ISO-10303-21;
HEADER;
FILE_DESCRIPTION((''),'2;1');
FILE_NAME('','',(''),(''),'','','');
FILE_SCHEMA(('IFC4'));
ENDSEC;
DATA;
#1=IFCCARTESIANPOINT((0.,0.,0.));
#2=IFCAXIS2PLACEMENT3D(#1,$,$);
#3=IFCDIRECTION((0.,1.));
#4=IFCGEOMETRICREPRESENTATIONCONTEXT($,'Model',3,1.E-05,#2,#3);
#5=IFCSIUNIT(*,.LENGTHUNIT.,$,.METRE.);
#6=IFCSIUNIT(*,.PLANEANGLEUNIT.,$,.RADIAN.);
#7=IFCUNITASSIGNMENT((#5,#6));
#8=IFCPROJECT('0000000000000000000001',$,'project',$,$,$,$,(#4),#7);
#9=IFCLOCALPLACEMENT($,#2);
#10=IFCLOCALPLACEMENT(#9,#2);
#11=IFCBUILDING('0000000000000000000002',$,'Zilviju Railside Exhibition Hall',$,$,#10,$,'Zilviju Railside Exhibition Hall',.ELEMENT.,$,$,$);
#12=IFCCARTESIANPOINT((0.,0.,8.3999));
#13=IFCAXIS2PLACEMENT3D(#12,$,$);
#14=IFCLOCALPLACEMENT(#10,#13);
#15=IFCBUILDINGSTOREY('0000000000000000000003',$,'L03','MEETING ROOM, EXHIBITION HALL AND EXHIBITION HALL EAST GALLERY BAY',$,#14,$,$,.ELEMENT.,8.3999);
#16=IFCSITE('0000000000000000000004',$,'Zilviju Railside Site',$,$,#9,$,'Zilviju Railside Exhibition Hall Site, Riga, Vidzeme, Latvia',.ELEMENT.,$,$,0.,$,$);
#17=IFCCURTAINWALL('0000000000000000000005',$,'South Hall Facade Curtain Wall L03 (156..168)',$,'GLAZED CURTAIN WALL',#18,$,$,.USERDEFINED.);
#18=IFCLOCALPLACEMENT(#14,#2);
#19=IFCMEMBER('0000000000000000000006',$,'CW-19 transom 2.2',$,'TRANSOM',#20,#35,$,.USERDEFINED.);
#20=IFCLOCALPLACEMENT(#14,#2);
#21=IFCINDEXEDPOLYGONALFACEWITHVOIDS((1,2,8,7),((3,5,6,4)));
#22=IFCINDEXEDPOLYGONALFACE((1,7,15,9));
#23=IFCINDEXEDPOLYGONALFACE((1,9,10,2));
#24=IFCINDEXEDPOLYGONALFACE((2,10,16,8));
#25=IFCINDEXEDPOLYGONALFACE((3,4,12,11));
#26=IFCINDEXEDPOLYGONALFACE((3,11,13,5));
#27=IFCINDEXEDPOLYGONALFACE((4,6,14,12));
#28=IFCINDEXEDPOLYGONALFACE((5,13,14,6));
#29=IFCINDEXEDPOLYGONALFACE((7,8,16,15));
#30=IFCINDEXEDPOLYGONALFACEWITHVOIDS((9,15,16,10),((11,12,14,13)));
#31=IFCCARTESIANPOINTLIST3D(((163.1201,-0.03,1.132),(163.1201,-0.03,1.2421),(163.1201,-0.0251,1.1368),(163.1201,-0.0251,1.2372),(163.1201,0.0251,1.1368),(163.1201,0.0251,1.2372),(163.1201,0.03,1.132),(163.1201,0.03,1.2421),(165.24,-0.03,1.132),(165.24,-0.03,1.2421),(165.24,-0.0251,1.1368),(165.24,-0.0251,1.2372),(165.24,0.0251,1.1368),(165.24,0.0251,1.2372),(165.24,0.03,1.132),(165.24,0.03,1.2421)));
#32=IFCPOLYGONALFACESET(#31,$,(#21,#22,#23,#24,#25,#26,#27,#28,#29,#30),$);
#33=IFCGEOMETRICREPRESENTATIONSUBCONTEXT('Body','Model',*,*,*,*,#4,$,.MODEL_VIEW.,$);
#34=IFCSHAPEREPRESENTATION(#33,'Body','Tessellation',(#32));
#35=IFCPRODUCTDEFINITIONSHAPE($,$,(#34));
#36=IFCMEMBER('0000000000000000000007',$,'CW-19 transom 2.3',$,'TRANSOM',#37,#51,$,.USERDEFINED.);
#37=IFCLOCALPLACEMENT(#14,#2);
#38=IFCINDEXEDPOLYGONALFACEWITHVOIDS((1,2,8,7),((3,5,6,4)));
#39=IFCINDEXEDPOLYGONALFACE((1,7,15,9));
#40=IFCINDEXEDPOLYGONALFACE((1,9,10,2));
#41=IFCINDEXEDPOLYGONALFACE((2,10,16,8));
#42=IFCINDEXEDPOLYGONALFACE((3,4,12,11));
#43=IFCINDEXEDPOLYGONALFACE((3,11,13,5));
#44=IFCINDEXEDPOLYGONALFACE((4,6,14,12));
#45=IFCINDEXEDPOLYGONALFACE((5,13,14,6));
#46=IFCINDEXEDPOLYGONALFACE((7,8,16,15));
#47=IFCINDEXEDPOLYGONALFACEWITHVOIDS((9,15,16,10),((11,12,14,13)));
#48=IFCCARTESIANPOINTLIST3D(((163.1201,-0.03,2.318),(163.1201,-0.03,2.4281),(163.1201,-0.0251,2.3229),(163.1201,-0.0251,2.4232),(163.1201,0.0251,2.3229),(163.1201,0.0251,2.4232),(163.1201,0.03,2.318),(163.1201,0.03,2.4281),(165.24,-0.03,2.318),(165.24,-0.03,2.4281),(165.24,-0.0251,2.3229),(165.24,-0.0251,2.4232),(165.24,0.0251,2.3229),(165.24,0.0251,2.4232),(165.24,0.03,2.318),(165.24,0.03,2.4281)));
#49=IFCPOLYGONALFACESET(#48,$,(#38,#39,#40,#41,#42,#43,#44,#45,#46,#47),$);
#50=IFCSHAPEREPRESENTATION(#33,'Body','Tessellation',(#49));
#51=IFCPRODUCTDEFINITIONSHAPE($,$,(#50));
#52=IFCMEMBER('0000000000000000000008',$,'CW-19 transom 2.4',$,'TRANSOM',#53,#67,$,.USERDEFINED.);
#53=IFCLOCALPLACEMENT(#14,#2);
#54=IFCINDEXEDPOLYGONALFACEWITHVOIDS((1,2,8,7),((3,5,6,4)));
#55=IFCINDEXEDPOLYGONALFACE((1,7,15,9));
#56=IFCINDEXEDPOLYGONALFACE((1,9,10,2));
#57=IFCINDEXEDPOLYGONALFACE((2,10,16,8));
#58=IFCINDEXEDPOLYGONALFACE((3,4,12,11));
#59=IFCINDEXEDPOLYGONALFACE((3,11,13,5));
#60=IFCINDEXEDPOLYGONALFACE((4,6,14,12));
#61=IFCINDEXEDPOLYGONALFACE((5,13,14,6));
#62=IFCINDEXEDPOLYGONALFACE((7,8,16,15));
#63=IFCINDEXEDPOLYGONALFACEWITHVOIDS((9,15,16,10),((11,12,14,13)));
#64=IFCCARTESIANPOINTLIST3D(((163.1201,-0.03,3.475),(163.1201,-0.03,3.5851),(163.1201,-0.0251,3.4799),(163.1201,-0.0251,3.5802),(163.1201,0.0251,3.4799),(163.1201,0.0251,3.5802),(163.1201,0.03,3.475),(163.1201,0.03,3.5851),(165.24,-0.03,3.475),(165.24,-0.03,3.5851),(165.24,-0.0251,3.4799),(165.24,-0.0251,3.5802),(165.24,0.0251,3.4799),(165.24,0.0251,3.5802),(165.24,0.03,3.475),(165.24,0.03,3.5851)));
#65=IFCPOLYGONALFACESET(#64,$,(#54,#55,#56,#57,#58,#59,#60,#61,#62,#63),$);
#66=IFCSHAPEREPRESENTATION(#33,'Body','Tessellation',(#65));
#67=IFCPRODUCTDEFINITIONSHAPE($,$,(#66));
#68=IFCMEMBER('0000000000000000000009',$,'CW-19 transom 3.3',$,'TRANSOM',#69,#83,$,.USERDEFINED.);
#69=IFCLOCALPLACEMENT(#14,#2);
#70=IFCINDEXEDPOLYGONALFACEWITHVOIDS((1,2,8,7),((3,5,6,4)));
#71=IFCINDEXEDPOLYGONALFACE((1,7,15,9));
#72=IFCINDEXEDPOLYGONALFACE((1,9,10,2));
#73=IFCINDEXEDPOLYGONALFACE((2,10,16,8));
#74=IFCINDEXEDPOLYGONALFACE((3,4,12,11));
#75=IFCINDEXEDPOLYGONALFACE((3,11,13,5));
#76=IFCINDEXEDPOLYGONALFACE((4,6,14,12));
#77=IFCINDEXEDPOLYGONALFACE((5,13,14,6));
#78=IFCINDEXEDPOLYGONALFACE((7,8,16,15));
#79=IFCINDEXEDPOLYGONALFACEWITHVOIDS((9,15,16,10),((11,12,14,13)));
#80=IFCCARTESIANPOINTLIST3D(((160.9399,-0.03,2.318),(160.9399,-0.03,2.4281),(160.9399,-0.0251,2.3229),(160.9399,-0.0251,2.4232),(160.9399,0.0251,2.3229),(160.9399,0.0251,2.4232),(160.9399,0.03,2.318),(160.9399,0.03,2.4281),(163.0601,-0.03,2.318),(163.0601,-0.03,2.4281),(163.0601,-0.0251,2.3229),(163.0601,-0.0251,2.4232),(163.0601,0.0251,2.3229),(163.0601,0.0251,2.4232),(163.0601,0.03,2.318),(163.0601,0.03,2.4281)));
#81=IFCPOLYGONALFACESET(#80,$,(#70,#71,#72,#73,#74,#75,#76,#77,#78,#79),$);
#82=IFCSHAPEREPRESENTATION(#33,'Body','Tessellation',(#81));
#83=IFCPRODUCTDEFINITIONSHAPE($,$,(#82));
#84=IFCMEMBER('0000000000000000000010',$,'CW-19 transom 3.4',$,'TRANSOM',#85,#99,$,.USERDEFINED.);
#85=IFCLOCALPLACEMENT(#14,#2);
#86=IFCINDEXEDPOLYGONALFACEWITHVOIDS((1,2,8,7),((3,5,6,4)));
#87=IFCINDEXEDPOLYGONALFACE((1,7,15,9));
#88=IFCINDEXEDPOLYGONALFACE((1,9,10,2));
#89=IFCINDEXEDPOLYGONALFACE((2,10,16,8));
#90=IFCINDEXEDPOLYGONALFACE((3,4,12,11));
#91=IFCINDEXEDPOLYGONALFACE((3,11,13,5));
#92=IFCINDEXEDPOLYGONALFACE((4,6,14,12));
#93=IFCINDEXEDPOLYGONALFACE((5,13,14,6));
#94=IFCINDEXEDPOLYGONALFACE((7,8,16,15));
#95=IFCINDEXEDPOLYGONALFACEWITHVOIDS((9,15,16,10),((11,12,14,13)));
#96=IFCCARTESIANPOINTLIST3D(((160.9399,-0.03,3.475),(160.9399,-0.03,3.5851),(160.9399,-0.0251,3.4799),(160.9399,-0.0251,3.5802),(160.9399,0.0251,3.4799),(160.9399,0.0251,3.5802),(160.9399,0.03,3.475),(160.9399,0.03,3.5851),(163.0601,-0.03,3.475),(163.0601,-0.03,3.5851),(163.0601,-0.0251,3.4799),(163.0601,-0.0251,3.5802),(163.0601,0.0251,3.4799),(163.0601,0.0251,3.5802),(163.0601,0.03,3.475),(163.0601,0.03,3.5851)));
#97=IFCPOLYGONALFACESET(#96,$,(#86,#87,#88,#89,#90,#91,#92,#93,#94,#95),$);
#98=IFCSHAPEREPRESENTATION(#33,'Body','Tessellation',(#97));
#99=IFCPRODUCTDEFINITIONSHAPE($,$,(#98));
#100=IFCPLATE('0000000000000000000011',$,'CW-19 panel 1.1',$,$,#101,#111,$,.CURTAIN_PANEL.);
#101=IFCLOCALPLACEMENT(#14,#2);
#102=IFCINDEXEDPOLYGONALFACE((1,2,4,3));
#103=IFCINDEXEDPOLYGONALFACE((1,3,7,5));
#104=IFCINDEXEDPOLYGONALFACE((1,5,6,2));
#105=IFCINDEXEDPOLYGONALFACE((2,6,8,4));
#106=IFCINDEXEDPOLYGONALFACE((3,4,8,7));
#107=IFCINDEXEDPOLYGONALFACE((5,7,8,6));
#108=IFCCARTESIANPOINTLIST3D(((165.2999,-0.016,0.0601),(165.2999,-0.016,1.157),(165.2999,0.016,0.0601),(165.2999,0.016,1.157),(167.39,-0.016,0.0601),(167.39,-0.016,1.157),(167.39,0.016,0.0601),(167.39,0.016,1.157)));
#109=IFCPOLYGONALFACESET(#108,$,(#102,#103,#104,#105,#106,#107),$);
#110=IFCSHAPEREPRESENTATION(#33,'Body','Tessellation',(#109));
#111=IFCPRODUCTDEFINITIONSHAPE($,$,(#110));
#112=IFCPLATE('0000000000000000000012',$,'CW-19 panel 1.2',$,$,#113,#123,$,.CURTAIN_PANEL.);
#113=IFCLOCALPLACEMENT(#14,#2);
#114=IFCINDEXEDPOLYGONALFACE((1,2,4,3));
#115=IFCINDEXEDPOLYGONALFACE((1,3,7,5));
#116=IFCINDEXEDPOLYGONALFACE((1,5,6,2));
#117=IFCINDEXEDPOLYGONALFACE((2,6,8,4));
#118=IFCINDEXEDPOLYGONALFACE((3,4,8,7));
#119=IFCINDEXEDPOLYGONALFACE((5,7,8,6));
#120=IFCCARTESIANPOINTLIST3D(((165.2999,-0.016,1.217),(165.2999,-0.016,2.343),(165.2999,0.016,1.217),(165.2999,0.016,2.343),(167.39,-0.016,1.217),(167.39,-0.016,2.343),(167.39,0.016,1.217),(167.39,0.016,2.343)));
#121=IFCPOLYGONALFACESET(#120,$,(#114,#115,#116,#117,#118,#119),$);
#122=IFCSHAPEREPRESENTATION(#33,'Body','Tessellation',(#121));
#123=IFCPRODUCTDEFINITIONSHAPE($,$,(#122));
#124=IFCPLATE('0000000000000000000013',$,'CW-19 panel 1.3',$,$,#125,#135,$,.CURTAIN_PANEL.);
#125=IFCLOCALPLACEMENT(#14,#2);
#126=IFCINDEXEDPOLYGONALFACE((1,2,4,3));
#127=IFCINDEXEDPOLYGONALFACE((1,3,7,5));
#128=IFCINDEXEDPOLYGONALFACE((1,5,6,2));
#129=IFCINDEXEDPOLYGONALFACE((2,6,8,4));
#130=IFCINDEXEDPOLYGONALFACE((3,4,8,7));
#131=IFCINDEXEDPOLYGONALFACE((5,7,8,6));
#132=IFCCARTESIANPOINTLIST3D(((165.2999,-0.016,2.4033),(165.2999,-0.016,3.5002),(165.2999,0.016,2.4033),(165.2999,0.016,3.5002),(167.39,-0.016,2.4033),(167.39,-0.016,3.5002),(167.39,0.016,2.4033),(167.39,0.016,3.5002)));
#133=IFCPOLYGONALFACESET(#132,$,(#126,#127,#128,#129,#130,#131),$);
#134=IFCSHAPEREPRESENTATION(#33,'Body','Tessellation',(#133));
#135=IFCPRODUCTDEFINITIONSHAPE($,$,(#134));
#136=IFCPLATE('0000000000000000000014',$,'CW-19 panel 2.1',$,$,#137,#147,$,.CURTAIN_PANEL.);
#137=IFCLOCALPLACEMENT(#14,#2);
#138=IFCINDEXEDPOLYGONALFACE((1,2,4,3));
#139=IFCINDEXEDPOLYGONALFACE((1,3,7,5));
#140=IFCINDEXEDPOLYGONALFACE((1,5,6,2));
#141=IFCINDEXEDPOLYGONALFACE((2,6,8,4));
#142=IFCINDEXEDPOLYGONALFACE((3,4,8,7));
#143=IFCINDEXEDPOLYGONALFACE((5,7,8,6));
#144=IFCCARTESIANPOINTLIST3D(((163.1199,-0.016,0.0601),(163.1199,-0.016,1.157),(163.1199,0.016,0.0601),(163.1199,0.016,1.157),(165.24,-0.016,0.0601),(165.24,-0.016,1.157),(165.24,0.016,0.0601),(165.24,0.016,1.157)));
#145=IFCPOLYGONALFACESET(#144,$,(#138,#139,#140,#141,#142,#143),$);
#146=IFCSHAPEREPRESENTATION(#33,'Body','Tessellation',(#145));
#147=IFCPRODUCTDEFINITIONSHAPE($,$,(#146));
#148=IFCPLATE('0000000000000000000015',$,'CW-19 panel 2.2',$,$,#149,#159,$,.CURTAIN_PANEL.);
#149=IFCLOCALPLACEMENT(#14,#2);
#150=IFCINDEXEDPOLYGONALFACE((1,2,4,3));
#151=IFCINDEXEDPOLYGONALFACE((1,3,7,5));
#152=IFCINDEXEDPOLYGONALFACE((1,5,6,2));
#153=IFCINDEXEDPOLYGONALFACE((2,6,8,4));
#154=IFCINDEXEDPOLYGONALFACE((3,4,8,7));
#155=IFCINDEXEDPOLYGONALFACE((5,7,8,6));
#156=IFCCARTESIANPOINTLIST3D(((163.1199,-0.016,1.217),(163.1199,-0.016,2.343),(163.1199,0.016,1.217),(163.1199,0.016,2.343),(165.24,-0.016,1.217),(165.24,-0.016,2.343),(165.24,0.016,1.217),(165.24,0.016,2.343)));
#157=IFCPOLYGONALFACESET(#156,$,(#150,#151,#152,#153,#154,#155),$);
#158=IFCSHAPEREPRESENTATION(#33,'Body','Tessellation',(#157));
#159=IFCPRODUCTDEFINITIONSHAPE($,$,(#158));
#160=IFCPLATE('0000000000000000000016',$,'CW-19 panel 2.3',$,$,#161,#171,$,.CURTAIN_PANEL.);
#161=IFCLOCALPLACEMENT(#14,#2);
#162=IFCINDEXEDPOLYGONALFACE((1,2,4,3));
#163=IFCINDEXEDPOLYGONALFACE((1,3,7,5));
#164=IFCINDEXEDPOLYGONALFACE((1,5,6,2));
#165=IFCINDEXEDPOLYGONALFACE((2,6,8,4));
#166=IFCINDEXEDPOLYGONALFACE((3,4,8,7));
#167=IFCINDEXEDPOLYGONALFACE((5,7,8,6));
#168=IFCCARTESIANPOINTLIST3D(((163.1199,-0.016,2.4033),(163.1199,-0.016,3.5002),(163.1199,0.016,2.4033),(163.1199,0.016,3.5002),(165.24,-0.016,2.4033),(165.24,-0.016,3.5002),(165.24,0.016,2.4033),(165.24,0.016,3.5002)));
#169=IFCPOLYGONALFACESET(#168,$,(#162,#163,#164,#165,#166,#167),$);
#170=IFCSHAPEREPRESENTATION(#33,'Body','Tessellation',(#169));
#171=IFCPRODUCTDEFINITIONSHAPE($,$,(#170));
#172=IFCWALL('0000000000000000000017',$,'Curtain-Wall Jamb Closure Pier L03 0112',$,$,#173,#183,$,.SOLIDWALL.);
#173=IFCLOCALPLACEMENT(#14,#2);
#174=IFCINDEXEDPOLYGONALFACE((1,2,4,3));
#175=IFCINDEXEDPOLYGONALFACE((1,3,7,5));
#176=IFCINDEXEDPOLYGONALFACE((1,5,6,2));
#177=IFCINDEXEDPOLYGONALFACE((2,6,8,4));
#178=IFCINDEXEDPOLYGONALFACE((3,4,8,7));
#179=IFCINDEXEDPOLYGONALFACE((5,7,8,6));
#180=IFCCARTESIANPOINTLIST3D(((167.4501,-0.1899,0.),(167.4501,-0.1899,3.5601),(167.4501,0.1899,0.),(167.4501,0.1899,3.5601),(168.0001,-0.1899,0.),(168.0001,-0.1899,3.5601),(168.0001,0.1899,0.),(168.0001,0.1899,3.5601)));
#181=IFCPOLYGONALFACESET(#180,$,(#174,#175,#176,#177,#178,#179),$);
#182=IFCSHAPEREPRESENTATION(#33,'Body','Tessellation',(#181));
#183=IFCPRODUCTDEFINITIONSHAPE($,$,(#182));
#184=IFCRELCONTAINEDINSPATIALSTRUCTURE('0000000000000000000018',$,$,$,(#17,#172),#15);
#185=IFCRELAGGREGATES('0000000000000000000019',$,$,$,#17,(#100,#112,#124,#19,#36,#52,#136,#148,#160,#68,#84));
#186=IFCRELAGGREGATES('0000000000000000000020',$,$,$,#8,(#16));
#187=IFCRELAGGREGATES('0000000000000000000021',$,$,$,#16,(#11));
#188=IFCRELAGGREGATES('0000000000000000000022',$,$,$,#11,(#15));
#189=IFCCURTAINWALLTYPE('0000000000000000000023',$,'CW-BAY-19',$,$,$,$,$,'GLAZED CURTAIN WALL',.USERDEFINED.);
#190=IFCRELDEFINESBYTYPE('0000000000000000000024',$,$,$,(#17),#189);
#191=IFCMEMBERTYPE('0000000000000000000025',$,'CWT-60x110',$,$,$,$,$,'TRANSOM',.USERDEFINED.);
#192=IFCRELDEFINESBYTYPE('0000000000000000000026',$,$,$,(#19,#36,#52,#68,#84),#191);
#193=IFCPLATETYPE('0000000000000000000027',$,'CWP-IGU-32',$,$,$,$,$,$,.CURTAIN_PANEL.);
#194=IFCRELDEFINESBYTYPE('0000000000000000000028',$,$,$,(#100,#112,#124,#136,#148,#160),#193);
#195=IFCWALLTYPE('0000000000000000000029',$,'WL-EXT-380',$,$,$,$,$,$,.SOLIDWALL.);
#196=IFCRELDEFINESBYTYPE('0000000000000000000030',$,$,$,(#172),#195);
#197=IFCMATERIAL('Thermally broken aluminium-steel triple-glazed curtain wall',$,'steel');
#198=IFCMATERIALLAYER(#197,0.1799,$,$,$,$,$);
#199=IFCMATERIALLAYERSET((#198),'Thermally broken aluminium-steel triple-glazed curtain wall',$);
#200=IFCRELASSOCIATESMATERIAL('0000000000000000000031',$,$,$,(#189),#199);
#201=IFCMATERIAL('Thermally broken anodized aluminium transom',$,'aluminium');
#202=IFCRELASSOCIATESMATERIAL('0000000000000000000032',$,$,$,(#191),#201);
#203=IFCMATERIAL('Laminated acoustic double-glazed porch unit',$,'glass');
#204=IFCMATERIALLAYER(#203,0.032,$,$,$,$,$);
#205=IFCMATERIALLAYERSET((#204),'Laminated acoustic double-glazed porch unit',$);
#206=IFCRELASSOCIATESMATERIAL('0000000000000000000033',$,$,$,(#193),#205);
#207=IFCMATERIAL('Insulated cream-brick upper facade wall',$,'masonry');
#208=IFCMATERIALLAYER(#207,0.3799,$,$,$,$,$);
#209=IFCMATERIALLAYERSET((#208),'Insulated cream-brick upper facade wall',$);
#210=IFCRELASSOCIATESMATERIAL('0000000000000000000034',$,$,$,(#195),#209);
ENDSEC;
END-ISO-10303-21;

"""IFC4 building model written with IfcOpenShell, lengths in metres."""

from ifc_helpers import new_model, si_unit, direction, frame, frame_2d, origin, origin_2d, place, context, subcontext, project, spatial, rectangle, hollow_rectangle, extrude, material, layer, layer_set, material_profile, profile_set, type_object, element, aggregate, save


model = new_model("IFC4")

# Units and contexts
model_context = context("Model", 3, precision=1e-05, world=origin(), true_north=direction((0.0, 1.0)))
body_context = subcontext(model_context, "Body", "Model", "MODEL_VIEW")
ifc_project = project(units=[si_unit("LENGTHUNIT", "METRE"), si_unit("PLANEANGLEUNIT", "RADIAN")], contexts=[model_context])

# Site, building, storey
site_placement = place(None, origin())
site = spatial("IfcSite", under=ifc_project, at=site_placement, Name="Zilviju Railside Site", LongName="Zilviju Railside Exhibition Hall Site, Riga, Vidzeme, Latvia", CompositionType="ELEMENT", RefElevation=0.0)
building_placement = place(site_placement, origin())
building = spatial("IfcBuilding", under=site, at=building_placement, Name="Zilviju Railside Exhibition Hall", LongName="Zilviju Railside Exhibition Hall", CompositionType="ELEMENT")
storey_placement = place(building_placement, frame((0.0, 0.0, 8.3999)))
storey = spatial("IfcBuildingStorey", under=building, at=storey_placement, Name="L03", Description="MEETING ROOM, EXHIBITION HALL AND EXHIBITION HALL EAST GALLERY BAY", CompositionType="ELEMENT", Elevation=8.3999)

# Curtain wall, members, plates
ifc_material_1 = material(Name="Thermally broken aluminium-steel triple-glazed curtain wall", Category="steel")
ifc_layer_1 = layer(ifc_material_1, 0.1799)
ifc_layer_set_1 = layer_set([ifc_layer_1], Name="Thermally broken aluminium-steel triple-glazed curtain wall")
curtain_wall_type = type_object("IfcCurtainWallType", Name="CW-BAY-19", ElementType="GLAZED CURTAIN WALL", PredefinedType="USERDEFINED", material=ifc_layer_set_1)
curtain_wall_placement = place(storey_placement, origin())
curtain_wall = element("IfcCurtainWall", 1, at=curtain_wall_placement, inside=storey, type_object=curtain_wall_type, Name="South Hall Facade Curtain Wall L03 (156..168)", ObjectType="GLAZED CURTAIN WALL", PredefinedType="USERDEFINED")
ifc_material_2 = material(Name="Thermally broken anodized aluminium transom", Category="aluminium")
ifc_material_profile_1 = material_profile(ifc_material_2, hollow_rectangle(XDim=0.0601, YDim=0.1101, WallThickness=0.0049, at=origin_2d()), Name="TRANSOM 110x60x5")
ifc_profile_set_1 = profile_set([ifc_material_profile_1], Name="Thermally broken anodized aluminium transom")
member_type_1 = type_object("IfcMemberType", Name="CWT-60x110", ElementType="TRANSOM", PredefinedType="USERDEFINED", material=ifc_profile_set_1)
member_1_placement = place(storey_placement, frame((165.24, 0.0, 1.187), z_axis=(-1.0, 0.0, 0.0), x_axis=(0.0, -1.0, 0.0)))
member_1 = element("IfcMember", 2, at=member_1_placement, type_object=member_type_1, Name="CW-19 transom 2.2", ObjectType="TRANSOM", PredefinedType="USERDEFINED", context=body_context, shape_type="SweptSolid", body=[
    extrude(hollow_rectangle(XDim=0.0601, YDim=0.1101, WallThickness=0.0049, at=origin_2d()), origin(), (0.0, 0.0, 1.0), 2.1199),
])
member_2_placement = place(storey_placement, frame((165.24, 0.0, 2.373), z_axis=(-1.0, 0.0, 0.0), x_axis=(0.0, -1.0, 0.0)))
member_2 = element("IfcMember", 3, at=member_2_placement, type_object=member_type_1, Name="CW-19 transom 2.3", ObjectType="TRANSOM", PredefinedType="USERDEFINED", context=body_context, shape_type="SweptSolid", body=[
    extrude(hollow_rectangle(XDim=0.0601, YDim=0.1101, WallThickness=0.0049, at=origin_2d()), origin(), (0.0, 0.0, 1.0), 2.1199),
])
member_3_placement = place(storey_placement, frame((165.24, 0.0, 3.53), z_axis=(-1.0, 0.0, 0.0), x_axis=(0.0, -1.0, 0.0)))
member_3 = element("IfcMember", 4, at=member_3_placement, type_object=member_type_1, Name="CW-19 transom 2.4", ObjectType="TRANSOM", PredefinedType="USERDEFINED", context=body_context, shape_type="SweptSolid", body=[
    extrude(hollow_rectangle(XDim=0.0601, YDim=0.1101, WallThickness=0.0049, at=origin_2d()), origin(), (0.0, 0.0, 1.0), 2.1199),
])
member_4_placement = place(storey_placement, frame((163.0601, 0.0, 2.373), z_axis=(-1.0, 0.0, 0.0), x_axis=(0.0, -1.0, 0.0)))
member_4 = element("IfcMember", 5, at=member_4_placement, type_object=member_type_1, Name="CW-19 transom 3.3", ObjectType="TRANSOM", PredefinedType="USERDEFINED", context=body_context, shape_type="SweptSolid", body=[
    extrude(hollow_rectangle(XDim=0.0601, YDim=0.1101, WallThickness=0.0049, at=origin_2d()), origin(), (0.0, 0.0, 1.0), 2.1201),
])
member_5_placement = place(storey_placement, frame((163.0601, 0.0, 3.53), z_axis=(-1.0, 0.0, 0.0), x_axis=(0.0, -1.0, 0.0)))
member_5 = element("IfcMember", 6, at=member_5_placement, type_object=member_type_1, Name="CW-19 transom 3.4", ObjectType="TRANSOM", PredefinedType="USERDEFINED", context=body_context, shape_type="SweptSolid", body=[
    extrude(hollow_rectangle(XDim=0.0601, YDim=0.1101, WallThickness=0.0049, at=origin_2d()), origin(), (0.0, 0.0, 1.0), 2.1201),
])
ifc_material_3 = material(Name="Laminated acoustic double-glazed porch unit", Category="glass")
ifc_layer_2 = layer(ifc_material_3, 0.032)
ifc_layer_set_2 = layer_set([ifc_layer_2], Name="Laminated acoustic double-glazed porch unit")
plate_type = type_object("IfcPlateType", Name="CWP-IGU-32", PredefinedType="CURTAIN_PANEL", material=ifc_layer_set_2)
plate_1_placement = place(storey_placement, frame((166.345, 0.0, 0.0601), z_axis=(0.0, 0.0, 1.0), x_axis=(-1.0, 0.0, 0.0)))
plate_1 = element("IfcPlate", 7, at=plate_1_placement, type_object=plate_type, Name="CW-19 panel 1.1", PredefinedType="CURTAIN_PANEL", context=body_context, shape_type="SweptSolid", body=[
    extrude(rectangle(XDim=2.0901, YDim=0.032, at=origin_2d()), origin(), (0.0, 0.0, 1.0), 1.0969),
])
plate_2_placement = place(storey_placement, frame((166.345, 0.0, 1.217), z_axis=(0.0, 0.0, 1.0), x_axis=(-1.0, 0.0, 0.0)))
plate_2 = element("IfcPlate", 8, at=plate_2_placement, type_object=plate_type, Name="CW-19 panel 1.2", PredefinedType="CURTAIN_PANEL", context=body_context, shape_type="SweptSolid", body=[
    extrude(rectangle(XDim=2.0901, YDim=0.032, at=origin_2d()), origin(), (0.0, 0.0, 1.0), 1.126),
])
plate_3_placement = place(storey_placement, frame((166.345, 0.0, 2.4033), z_axis=(0.0, 0.0, 1.0), x_axis=(-1.0, 0.0, 0.0)))
plate_3 = element("IfcPlate", 9, at=plate_3_placement, type_object=plate_type, Name="CW-19 panel 1.3", PredefinedType="CURTAIN_PANEL", context=body_context, shape_type="SweptSolid", body=[
    extrude(rectangle(XDim=2.0901, YDim=0.032, at=origin_2d()), origin(), (0.0, 0.0, 1.0), 1.0969),
])
plate_4_placement = place(storey_placement, frame((164.1799, 0.0, 0.0601), z_axis=(0.0, 0.0, 1.0), x_axis=(-1.0, 0.0, 0.0)))
plate_4 = element("IfcPlate", 10, at=plate_4_placement, type_object=plate_type, Name="CW-19 panel 2.1", PredefinedType="CURTAIN_PANEL", context=body_context, shape_type="SweptSolid", body=[
    extrude(rectangle(XDim=2.1201, YDim=0.032, at=origin_2d()), origin(), (0.0, 0.0, 1.0), 1.0969),
])
plate_5_placement = place(storey_placement, frame((164.1799, 0.0, 1.217), z_axis=(0.0, 0.0, 1.0), x_axis=(-1.0, 0.0, 0.0)))
plate_5 = element("IfcPlate", 11, at=plate_5_placement, type_object=plate_type, Name="CW-19 panel 2.2", PredefinedType="CURTAIN_PANEL", context=body_context, shape_type="SweptSolid", body=[
    extrude(rectangle(XDim=2.1201, YDim=0.032, at=origin_2d()), origin(), (0.0, 0.0, 1.0), 1.126),
])
plate_6_placement = place(storey_placement, frame((164.1799, 0.0, 2.4033), z_axis=(0.0, 0.0, 1.0), x_axis=(-1.0, 0.0, 0.0)))
plate_6 = element("IfcPlate", 12, at=plate_6_placement, type_object=plate_type, Name="CW-19 panel 2.3", PredefinedType="CURTAIN_PANEL", context=body_context, shape_type="SweptSolid", body=[
    extrude(rectangle(XDim=2.1201, YDim=0.032, at=origin_2d()), origin(), (0.0, 0.0, 1.0), 1.0969),
])
aggregate(curtain_wall, [plate_1, plate_2, plate_3, member_1, member_2, member_3, plate_4, plate_5, plate_6, member_4, member_5])

# Wall
ifc_material_4 = material(Name="Insulated cream-brick upper facade wall", Category="masonry")
ifc_layer_3 = layer(ifc_material_4, 0.3799)
ifc_layer_set_3 = layer_set([ifc_layer_3], Name="Insulated cream-brick upper facade wall")
wall_type = type_object("IfcWallType", Name="WL-EXT-380", PredefinedType="SOLIDWALL", material=ifc_layer_set_3)
wall_placement = place(storey_placement, frame((168.0, 0.0, 0.0), z_axis=(0.0, 0.0, 1.0), x_axis=(-1.0, 0.0, 0.0)))
element("IfcWall", 13, at=wall_placement, inside=storey, type_object=wall_type, Name="Curtain-Wall Jamb Closure Pier L03 0112", PredefinedType="SOLIDWALL", context=body_context, shape_type="SweptSolid", body=[
    extrude(rectangle(XDim=0.55, YDim=0.3799, at=frame_2d((0.2749, 0.0))), origin(), (0.0, 0.0, 1.0), 3.5601),
])

save(model, "model.ifc")
